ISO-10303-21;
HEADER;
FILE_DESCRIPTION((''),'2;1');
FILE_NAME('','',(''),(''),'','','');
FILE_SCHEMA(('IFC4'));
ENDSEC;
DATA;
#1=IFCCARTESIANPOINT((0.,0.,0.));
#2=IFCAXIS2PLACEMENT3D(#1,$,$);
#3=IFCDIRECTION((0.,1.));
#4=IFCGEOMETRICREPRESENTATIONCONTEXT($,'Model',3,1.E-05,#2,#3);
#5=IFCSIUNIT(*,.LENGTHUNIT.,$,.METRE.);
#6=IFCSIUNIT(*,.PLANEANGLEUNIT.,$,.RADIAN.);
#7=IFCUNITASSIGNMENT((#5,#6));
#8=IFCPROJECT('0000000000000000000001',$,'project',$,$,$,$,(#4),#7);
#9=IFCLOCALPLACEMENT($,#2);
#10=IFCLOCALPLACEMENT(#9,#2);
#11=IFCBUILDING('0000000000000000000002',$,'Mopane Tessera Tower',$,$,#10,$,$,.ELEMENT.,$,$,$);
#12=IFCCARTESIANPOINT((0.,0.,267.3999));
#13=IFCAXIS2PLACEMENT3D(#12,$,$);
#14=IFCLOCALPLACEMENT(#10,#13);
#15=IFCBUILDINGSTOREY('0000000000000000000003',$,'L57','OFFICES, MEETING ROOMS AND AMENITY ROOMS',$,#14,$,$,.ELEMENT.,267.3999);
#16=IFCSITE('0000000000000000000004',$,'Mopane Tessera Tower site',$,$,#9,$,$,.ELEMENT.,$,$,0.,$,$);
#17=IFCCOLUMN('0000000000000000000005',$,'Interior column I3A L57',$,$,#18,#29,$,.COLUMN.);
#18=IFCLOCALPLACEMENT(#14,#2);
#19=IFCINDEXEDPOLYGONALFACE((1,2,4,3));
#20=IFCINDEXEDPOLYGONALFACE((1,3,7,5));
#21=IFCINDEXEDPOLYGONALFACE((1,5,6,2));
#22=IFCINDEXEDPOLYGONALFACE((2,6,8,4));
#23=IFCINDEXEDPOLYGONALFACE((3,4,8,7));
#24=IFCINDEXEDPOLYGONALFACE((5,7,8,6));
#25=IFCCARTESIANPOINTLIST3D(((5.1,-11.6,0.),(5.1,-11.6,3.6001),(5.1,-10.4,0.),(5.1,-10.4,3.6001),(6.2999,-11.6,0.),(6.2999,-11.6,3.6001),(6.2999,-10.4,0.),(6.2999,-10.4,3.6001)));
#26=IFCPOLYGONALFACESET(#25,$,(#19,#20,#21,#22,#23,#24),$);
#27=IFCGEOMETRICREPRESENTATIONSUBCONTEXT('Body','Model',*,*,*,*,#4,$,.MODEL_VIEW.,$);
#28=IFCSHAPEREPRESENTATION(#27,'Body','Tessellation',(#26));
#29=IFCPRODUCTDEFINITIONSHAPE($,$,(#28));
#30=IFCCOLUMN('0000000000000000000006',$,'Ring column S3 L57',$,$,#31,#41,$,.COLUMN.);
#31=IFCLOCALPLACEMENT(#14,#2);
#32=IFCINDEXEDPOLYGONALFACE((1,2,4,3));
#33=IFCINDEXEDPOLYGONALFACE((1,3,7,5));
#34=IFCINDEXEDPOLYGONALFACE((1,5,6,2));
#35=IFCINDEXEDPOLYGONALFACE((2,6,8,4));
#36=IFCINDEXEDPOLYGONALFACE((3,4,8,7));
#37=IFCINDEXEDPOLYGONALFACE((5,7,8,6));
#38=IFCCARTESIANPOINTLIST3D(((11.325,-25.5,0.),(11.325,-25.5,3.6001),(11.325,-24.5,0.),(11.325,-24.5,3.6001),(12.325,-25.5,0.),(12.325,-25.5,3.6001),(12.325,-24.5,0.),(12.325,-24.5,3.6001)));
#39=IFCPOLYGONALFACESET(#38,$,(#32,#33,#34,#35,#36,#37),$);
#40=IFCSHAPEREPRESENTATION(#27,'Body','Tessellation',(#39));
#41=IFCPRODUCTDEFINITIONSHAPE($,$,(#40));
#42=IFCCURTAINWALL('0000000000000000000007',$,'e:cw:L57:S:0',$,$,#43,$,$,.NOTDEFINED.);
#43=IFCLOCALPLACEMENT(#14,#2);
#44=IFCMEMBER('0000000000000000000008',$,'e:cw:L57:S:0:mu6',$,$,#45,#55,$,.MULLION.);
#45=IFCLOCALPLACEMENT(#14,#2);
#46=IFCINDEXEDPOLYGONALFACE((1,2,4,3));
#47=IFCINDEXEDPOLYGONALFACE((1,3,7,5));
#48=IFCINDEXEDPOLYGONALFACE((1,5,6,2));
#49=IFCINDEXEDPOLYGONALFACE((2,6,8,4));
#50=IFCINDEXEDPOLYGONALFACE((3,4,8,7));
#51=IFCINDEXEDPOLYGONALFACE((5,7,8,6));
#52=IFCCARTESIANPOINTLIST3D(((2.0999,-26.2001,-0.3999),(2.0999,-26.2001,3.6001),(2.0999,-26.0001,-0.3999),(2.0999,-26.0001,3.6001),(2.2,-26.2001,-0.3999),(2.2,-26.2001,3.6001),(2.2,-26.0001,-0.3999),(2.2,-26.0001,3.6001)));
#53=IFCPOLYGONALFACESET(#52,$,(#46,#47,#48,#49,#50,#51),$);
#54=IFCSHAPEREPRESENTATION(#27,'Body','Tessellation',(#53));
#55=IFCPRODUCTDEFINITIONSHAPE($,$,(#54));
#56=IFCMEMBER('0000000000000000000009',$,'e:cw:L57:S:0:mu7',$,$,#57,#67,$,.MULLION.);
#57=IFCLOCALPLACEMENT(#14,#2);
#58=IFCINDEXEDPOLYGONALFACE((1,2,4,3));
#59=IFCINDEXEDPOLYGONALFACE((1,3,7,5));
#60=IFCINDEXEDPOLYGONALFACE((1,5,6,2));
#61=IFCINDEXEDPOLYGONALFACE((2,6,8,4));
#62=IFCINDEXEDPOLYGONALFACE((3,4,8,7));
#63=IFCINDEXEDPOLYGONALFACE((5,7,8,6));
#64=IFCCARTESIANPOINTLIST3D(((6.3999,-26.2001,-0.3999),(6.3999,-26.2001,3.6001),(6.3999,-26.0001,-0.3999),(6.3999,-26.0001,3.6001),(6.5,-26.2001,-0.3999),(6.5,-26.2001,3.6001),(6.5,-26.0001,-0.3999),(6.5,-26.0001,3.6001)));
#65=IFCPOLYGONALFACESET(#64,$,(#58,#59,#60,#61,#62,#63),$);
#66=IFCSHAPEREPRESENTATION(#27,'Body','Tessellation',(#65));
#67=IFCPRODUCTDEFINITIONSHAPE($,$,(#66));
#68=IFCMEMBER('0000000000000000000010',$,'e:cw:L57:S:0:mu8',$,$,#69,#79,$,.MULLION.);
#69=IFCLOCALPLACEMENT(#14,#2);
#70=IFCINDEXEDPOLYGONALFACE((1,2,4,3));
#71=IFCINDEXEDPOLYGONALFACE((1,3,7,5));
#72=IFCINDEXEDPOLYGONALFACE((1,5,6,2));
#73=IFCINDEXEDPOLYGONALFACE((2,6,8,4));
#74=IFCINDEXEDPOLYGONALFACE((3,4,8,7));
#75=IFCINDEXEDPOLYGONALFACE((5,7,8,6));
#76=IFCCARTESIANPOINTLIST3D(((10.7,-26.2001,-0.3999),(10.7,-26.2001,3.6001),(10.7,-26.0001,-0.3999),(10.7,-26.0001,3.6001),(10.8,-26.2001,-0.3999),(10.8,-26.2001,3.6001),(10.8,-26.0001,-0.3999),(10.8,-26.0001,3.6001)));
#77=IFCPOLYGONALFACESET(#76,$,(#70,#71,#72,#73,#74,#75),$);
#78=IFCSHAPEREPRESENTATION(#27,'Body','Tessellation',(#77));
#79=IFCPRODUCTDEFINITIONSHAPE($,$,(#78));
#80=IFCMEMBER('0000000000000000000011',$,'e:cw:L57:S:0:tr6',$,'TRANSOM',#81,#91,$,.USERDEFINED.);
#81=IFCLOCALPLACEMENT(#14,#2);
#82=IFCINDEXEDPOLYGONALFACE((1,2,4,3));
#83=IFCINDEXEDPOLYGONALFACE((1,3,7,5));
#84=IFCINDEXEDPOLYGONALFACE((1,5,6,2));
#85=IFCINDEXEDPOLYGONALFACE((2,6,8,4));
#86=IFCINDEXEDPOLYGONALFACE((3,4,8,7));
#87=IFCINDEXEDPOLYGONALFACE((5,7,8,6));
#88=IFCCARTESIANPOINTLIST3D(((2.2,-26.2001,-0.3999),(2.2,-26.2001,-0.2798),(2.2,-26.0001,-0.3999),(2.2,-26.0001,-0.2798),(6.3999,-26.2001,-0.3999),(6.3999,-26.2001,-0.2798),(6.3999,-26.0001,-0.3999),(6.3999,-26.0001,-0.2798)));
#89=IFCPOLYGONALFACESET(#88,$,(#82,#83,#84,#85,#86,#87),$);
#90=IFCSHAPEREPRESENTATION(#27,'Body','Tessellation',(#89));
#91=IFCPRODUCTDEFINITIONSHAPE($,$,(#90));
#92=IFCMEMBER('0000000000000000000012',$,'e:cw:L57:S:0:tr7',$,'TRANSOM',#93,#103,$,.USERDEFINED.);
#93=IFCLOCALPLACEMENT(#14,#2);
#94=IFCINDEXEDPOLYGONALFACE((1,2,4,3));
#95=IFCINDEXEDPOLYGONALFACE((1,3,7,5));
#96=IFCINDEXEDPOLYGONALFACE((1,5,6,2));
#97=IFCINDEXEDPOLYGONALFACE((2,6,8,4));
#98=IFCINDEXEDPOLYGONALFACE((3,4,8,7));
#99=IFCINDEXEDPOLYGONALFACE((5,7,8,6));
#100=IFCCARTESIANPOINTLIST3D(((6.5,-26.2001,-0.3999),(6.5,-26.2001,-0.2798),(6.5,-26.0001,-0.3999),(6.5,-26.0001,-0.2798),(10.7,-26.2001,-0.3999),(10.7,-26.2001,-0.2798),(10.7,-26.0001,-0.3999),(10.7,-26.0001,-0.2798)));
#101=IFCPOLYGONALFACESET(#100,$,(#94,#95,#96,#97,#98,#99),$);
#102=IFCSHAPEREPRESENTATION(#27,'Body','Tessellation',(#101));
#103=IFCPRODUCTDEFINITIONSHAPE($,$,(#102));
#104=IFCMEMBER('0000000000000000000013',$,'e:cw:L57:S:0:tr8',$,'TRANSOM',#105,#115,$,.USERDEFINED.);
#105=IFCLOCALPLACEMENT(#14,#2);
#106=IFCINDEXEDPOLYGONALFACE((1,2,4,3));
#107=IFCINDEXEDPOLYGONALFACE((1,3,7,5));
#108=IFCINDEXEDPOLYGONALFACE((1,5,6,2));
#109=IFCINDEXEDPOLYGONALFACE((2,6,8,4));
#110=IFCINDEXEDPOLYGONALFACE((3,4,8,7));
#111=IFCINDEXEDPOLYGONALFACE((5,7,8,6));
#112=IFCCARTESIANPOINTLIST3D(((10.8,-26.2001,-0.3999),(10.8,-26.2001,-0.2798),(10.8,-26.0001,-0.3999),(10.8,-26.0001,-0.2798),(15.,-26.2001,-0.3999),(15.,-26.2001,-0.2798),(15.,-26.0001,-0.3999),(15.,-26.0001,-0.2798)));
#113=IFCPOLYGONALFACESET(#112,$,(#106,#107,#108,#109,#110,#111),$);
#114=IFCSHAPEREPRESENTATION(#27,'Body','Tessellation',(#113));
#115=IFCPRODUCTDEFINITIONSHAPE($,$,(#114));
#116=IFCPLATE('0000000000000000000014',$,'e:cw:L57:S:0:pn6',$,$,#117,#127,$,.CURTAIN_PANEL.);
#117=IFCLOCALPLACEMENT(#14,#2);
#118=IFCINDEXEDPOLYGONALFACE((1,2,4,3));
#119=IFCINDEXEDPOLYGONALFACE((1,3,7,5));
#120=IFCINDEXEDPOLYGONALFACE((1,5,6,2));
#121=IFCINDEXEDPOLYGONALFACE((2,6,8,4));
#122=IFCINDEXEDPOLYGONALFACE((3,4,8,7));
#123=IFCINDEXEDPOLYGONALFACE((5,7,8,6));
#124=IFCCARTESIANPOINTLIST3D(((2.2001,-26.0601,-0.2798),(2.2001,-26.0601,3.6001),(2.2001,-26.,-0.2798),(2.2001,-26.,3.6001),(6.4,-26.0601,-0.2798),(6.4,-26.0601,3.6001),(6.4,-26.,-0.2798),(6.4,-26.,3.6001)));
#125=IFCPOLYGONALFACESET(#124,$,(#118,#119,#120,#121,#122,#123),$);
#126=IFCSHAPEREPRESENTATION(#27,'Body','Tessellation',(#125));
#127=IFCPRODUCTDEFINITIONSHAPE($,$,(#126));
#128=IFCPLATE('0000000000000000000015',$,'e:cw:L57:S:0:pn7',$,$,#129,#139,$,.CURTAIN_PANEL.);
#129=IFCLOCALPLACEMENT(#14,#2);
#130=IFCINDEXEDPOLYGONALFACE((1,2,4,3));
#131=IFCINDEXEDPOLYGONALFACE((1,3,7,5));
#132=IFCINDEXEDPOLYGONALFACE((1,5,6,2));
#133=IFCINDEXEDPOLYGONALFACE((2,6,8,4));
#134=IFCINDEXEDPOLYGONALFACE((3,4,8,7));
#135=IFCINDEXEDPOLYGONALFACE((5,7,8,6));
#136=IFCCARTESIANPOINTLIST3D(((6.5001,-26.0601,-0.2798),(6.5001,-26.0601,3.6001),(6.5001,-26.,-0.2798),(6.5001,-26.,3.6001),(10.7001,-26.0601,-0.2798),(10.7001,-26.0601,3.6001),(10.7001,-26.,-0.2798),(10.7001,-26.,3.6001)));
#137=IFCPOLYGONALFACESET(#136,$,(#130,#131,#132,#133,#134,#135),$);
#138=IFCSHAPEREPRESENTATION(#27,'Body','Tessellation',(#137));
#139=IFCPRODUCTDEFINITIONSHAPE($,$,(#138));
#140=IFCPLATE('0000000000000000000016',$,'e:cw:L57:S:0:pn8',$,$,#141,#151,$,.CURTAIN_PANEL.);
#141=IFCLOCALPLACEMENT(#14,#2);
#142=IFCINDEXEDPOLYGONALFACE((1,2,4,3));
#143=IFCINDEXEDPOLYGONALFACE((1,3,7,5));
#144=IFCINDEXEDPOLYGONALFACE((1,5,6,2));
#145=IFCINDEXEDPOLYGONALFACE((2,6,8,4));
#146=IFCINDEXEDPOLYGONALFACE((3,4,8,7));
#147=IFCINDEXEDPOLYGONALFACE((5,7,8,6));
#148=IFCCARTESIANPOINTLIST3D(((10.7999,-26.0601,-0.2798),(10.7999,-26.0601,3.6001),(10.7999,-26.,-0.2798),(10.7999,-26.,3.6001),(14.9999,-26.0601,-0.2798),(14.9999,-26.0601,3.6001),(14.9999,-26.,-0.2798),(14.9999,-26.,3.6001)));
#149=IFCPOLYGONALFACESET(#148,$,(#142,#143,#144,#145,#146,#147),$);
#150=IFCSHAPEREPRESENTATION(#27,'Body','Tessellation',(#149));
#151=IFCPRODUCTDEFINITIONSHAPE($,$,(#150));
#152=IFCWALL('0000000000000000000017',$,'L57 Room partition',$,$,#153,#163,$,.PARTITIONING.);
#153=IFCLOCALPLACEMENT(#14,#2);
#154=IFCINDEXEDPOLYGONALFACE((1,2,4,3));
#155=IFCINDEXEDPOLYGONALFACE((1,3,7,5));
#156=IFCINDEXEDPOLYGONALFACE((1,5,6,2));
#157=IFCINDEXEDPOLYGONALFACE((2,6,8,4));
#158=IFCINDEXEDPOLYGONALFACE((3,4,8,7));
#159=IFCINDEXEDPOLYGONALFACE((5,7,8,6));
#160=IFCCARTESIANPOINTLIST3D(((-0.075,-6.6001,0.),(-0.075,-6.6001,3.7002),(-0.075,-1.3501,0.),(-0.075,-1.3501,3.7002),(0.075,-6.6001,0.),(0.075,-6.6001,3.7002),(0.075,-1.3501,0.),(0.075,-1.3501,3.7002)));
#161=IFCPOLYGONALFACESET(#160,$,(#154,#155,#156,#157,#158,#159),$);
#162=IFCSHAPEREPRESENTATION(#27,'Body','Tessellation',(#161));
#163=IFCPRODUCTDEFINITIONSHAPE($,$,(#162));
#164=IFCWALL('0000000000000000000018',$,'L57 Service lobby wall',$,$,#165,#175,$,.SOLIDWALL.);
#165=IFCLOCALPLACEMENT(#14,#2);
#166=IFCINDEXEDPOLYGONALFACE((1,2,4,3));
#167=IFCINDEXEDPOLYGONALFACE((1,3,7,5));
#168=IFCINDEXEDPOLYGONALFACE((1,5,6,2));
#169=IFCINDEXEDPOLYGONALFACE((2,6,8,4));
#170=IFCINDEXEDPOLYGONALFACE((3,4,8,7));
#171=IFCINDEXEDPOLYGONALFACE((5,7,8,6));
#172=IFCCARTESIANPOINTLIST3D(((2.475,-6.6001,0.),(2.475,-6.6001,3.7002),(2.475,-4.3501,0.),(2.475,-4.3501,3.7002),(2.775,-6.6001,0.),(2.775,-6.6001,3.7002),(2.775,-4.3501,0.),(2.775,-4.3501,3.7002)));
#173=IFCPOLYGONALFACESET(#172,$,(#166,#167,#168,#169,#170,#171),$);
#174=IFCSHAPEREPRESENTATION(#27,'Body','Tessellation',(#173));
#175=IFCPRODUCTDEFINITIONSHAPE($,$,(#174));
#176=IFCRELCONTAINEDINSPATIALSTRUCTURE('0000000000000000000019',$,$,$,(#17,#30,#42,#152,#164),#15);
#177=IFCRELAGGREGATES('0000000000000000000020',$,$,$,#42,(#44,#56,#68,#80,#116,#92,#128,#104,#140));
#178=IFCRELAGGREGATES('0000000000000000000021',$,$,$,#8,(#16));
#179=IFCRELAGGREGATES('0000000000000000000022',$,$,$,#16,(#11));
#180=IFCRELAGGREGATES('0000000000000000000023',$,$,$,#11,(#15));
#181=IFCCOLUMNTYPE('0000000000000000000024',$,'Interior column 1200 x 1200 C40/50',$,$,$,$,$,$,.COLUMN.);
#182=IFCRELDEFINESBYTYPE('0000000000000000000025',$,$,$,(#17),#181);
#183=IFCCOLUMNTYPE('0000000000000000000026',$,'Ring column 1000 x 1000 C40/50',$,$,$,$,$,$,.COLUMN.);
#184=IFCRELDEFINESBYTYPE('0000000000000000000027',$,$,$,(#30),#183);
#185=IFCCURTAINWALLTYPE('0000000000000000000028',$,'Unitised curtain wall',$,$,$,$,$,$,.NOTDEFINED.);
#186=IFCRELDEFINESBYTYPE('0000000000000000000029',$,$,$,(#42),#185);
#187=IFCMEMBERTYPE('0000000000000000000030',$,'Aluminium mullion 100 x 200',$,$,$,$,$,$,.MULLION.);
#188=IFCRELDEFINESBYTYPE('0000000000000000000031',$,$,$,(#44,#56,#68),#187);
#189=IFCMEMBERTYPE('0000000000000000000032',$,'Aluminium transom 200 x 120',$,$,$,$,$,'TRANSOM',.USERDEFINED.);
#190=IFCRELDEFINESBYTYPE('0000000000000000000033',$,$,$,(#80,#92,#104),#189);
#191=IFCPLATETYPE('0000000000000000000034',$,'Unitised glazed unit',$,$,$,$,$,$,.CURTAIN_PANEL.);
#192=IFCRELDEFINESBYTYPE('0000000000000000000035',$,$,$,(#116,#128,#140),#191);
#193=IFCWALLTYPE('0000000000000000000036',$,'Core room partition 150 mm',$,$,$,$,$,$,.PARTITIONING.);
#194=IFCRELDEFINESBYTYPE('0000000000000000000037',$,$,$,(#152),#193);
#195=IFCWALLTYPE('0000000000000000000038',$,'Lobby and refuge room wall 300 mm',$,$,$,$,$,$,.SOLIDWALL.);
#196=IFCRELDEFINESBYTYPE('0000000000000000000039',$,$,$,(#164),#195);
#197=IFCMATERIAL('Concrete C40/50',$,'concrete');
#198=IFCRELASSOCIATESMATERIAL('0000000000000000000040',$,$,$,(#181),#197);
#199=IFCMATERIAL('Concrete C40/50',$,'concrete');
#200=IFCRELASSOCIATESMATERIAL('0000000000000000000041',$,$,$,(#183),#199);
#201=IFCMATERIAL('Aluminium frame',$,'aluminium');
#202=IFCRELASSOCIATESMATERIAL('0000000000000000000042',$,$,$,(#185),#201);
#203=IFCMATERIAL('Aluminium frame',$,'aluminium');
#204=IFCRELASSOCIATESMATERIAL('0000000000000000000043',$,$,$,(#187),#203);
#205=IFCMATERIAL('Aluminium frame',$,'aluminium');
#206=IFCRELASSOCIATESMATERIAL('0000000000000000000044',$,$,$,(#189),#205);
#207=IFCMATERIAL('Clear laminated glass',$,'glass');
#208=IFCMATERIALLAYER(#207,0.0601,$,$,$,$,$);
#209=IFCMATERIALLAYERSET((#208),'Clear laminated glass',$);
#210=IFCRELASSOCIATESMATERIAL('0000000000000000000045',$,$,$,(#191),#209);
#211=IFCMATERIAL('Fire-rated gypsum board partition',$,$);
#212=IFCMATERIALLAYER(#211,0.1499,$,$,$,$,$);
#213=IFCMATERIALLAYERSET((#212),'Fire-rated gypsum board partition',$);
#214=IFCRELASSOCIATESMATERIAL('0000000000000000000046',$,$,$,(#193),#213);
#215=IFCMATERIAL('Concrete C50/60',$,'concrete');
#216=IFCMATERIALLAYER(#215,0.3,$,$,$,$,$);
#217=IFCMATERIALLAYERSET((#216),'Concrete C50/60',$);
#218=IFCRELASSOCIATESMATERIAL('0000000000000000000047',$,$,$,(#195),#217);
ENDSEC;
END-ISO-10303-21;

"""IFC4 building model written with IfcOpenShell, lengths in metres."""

from ifc_helpers import new_model, si_unit, direction, frame, frame_2d, origin, origin_2d, place, context, subcontext, project, spatial, rectangle, extrude, material, layer, layer_set, material_profile, profile_set, type_object, element, aggregate, save


model = new_model("IFC4")

# Units and contexts
model_context = context("Model", 3, precision=1e-05, world=origin(), true_north=direction((0.0, 1.0)))
body_context = subcontext(model_context, "Body", "Model", "MODEL_VIEW")
ifc_project = project(units=[si_unit("LENGTHUNIT", "METRE"), si_unit("PLANEANGLEUNIT", "RADIAN")], contexts=[model_context])

# Site, building, storey
site_placement = place(None, origin())
site = spatial("IfcSite", under=ifc_project, at=site_placement, Name="Mopane Tessera Tower site", CompositionType="ELEMENT", RefElevation=0.0)
building_placement = place(site_placement, origin())
building = spatial("IfcBuilding", under=site, at=building_placement, Name="Mopane Tessera Tower", CompositionType="ELEMENT")
storey_placement = place(building_placement, frame((0.0, 0.0, 267.3999)))
storey = spatial("IfcBuildingStorey", under=building, at=storey_placement, Name="L57", Description="OFFICES, MEETING ROOMS AND AMENITY ROOMS", CompositionType="ELEMENT", Elevation=267.3999)

# Columns
ifc_material_1 = material(Name="Concrete C40/50", Category="concrete")
ifc_material_profile_1 = material_profile(ifc_material_1, rectangle(XDim=1.2, YDim=1.2, at=origin_2d()))
ifc_profile_set_1 = profile_set([ifc_material_profile_1], Name="Concrete C40/50")
column_type_1 = type_object("IfcColumnType", Name="Interior column 1200 x 1200 C40/50", PredefinedType="COLUMN", material=ifc_profile_set_1)
column_1_placement = place(storey_placement, frame((5.7, -11.0, 0.0), z_axis=(0.0, 0.0, 1.0), x_axis=(1.0, 0.0, 0.0)))
element("IfcColumn", 1, at=column_1_placement, inside=storey, type_object=column_type_1, Name="Interior column I3A L57", PredefinedType="COLUMN", context=body_context, shape_type="SweptSolid", body=[
    extrude(rectangle(XDim=1.2, YDim=1.2, at=origin_2d()), origin(), (0.0, 0.0, 1.0), 3.6001),
])
ifc_material_2 = material(Name="Concrete C40/50", Category="concrete")
ifc_material_profile_2 = material_profile(ifc_material_2, rectangle(XDim=1.0, YDim=1.0, at=origin_2d()))
ifc_profile_set_2 = profile_set([ifc_material_profile_2], Name="Concrete C40/50")
column_type_2 = type_object("IfcColumnType", Name="Ring column 1000 x 1000 C40/50", PredefinedType="COLUMN", material=ifc_profile_set_2)
column_2_placement = place(storey_placement, frame((11.825, -25.0, 0.0), z_axis=(0.0, 0.0, 1.0), x_axis=(1.0, 0.0, 0.0)))
element("IfcColumn", 2, at=column_2_placement, inside=storey, type_object=column_type_2, Name="Ring column S3 L57", PredefinedType="COLUMN", context=body_context, shape_type="SweptSolid", body=[
    extrude(rectangle(XDim=1.0, YDim=1.0, at=origin_2d()), origin(), (0.0, 0.0, 1.0), 3.6001),
])

# Curtain wall, members, plates
ifc_material_3 = material(Name="Aluminium frame", Category="aluminium")
curtain_wall_type = type_object("IfcCurtainWallType", Name="Unitised curtain wall", PredefinedType="NOTDEFINED", material=ifc_material_3)
curtain_wall_placement = place(storey_placement, origin())
curtain_wall = element("IfcCurtainWall", 3, at=curtain_wall_placement, inside=storey, type_object=curtain_wall_type, Name="e:cw:L57:S:0", PredefinedType="NOTDEFINED")
ifc_material_4 = material(Name="Aluminium frame", Category="aluminium")
ifc_material_profile_3 = material_profile(ifc_material_4, rectangle(XDim=0.1001, YDim=0.2, at=origin_2d()))
ifc_profile_set_3 = profile_set([ifc_material_profile_3], Name="Aluminium frame")
member_type_1 = type_object("IfcMemberType", Name="Aluminium mullion 100 x 200", PredefinedType="MULLION", material=ifc_profile_set_3)
member_1_placement = place(storey_placement, frame((2.1499, -26.1001, -0.3999), z_axis=(0.0, 0.0, 1.0), x_axis=(1.0, 0.0, 0.0)))
member_1 = element("IfcMember", 4, at=member_1_placement, type_object=member_type_1, Name="e:cw:L57:S:0:mu6", PredefinedType="MULLION", context=body_context, shape_type="SweptSolid", body=[
    extrude(rectangle(XDim=0.1001, YDim=0.2, at=origin_2d()), origin(), (0.0, 0.0, 1.0), 4.0),
])
member_2_placement = place(storey_placement, frame((6.45, -26.1001, -0.3999), z_axis=(0.0, 0.0, 1.0), x_axis=(1.0, 0.0, 0.0)))
member_2 = element("IfcMember", 5, at=member_2_placement, type_object=member_type_1, Name="e:cw:L57:S:0:mu7", PredefinedType="MULLION", context=body_context, shape_type="SweptSolid", body=[
    extrude(rectangle(XDim=0.1001, YDim=0.2, at=origin_2d()), origin(), (0.0, 0.0, 1.0), 4.0),
])
member_3_placement = place(storey_placement, frame((10.75, -26.1001, -0.3999), z_axis=(0.0, 0.0, 1.0), x_axis=(1.0, 0.0, 0.0)))
member_3 = element("IfcMember", 6, at=member_3_placement, type_object=member_type_1, Name="e:cw:L57:S:0:mu8", PredefinedType="MULLION", context=body_context, shape_type="SweptSolid", body=[
    extrude(rectangle(XDim=0.1001, YDim=0.2, at=origin_2d()), origin(), (0.0, 0.0, 1.0), 4.0),
])
ifc_material_5 = material(Name="Aluminium frame", Category="aluminium")
ifc_material_profile_4 = material_profile(ifc_material_5, rectangle(XDim=0.2, YDim=0.1201, at=origin_2d()))
ifc_profile_set_4 = profile_set([ifc_material_profile_4], Name="Aluminium frame")
member_type_2 = type_object("IfcMemberType", Name="Aluminium transom 200 x 120", ElementType="TRANSOM", PredefinedType="USERDEFINED", material=ifc_profile_set_4)
member_4_placement = place(storey_placement, frame((2.2, -26.1001, -0.3398), z_axis=(1.0, 0.0, 0.0), x_axis=(0.0, 1.0, 0.0)))
member_4 = element("IfcMember", 7, at=member_4_placement, type_object=member_type_2, Name="e:cw:L57:S:0:tr6", ObjectType="TRANSOM", PredefinedType="USERDEFINED", context=body_context, shape_type="SweptSolid", body=[
    extrude(rectangle(XDim=0.2, YDim=0.1201, at=origin_2d()), origin(), (0.0, 0.0, 1.0), 4.2),
])
member_5_placement = place(storey_placement, frame((6.5, -26.1001, -0.3398), z_axis=(1.0, 0.0, 0.0), x_axis=(0.0, 1.0, 0.0)))
member_5 = element("IfcMember", 8, at=member_5_placement, type_object=member_type_2, Name="e:cw:L57:S:0:tr7", ObjectType="TRANSOM", PredefinedType="USERDEFINED", context=body_context, shape_type="SweptSolid", body=[
    extrude(rectangle(XDim=0.2, YDim=0.1201, at=origin_2d()), origin(), (0.0, 0.0, 1.0), 4.2),
])
member_6_placement = place(storey_placement, frame((10.8, -26.1001, -0.3398), z_axis=(1.0, 0.0, 0.0), x_axis=(0.0, 1.0, 0.0)))
member_6 = element("IfcMember", 9, at=member_6_placement, type_object=member_type_2, Name="e:cw:L57:S:0:tr8", ObjectType="TRANSOM", PredefinedType="USERDEFINED", context=body_context, shape_type="SweptSolid", body=[
    extrude(rectangle(XDim=0.2, YDim=0.1201, at=origin_2d()), origin(), (0.0, 0.0, 1.0), 4.2),
])
ifc_material_6 = material(Name="Clear laminated glass", Category="glass")
ifc_layer_1 = layer(ifc_material_6, 0.0601)
ifc_layer_set_1 = layer_set([ifc_layer_1], Name="Clear laminated glass")
plate_type = type_object("IfcPlateType", Name="Unitised glazed unit", PredefinedType="CURTAIN_PANEL", material=ifc_layer_set_1)
plate_1_placement = place(storey_placement, frame((4.3, -26.03, -0.2798), z_axis=(0.0, 0.0, 1.0), x_axis=(1.0, 0.0, 0.0)))
plate_1 = element("IfcPlate", 10, at=plate_1_placement, type_object=plate_type, Name="e:cw:L57:S:0:pn6", PredefinedType="CURTAIN_PANEL", context=body_context, shape_type="SweptSolid", body=[
    extrude(rectangle(XDim=4.2, YDim=0.0601, at=origin_2d()), origin(), (0.0, 0.0, 1.0), 3.8799),
])
plate_2_placement = place(storey_placement, frame((8.6001, -26.03, -0.2798), z_axis=(0.0, 0.0, 1.0), x_axis=(1.0, 0.0, 0.0)))
plate_2 = element("IfcPlate", 11, at=plate_2_placement, type_object=plate_type, Name="e:cw:L57:S:0:pn7", PredefinedType="CURTAIN_PANEL", context=body_context, shape_type="SweptSolid", body=[
    extrude(rectangle(XDim=4.2, YDim=0.0601, at=origin_2d()), origin(), (0.0, 0.0, 1.0), 3.8799),
])
plate_3_placement = place(storey_placement, frame((12.8999, -26.03, -0.2798), z_axis=(0.0, 0.0, 1.0), x_axis=(1.0, 0.0, 0.0)))
plate_3 = element("IfcPlate", 12, at=plate_3_placement, type_object=plate_type, Name="e:cw:L57:S:0:pn8", PredefinedType="CURTAIN_PANEL", context=body_context, shape_type="SweptSolid", body=[
    extrude(rectangle(XDim=4.2, YDim=0.0601, at=origin_2d()), origin(), (0.0, 0.0, 1.0), 3.8799),
])
aggregate(curtain_wall, [member_1, member_2, member_3, member_4, plate_1, member_5, plate_2, member_6, plate_3])

# Walls
ifc_material_7 = material(Name="Fire-rated gypsum board partition")
ifc_layer_2 = layer(ifc_material_7, 0.1499)
ifc_layer_set_2 = layer_set([ifc_layer_2], Name="Fire-rated gypsum board partition")
wall_type_1 = type_object("IfcWallType", Name="Core room partition 150 mm", PredefinedType="PARTITIONING", material=ifc_layer_set_2)
wall_1_placement = place(storey_placement, frame((0.0, -6.6001, 0.0), z_axis=(0.0, 0.0, 1.0), x_axis=(0.0, 1.0, 0.0)))
element("IfcWall", 13, at=wall_1_placement, inside=storey, type_object=wall_type_1, Name="L57 Room partition", PredefinedType="PARTITIONING", context=body_context, shape_type="SweptSolid", body=[
    extrude(rectangle(XDim=5.25, YDim=0.1499, at=frame_2d((2.625, 0.0))), origin(), (0.0, 0.0, 1.0), 3.7002),
])
ifc_material_8 = material(Name="Concrete C50/60", Category="concrete")
ifc_layer_3 = layer(ifc_material_8, 0.3)
ifc_layer_set_3 = layer_set([ifc_layer_3], Name="Concrete C50/60")
wall_type_2 = type_object("IfcWallType", Name="Lobby and refuge room wall 300 mm", PredefinedType="SOLIDWALL", material=ifc_layer_set_3)
wall_2_placement = place(storey_placement, frame((2.625, -6.6001, 0.0), z_axis=(0.0, 0.0, 1.0), x_axis=(0.0, 1.0, 0.0)))
element("IfcWall", 14, at=wall_2_placement, inside=storey, type_object=wall_type_2, Name="L57 Service lobby wall", PredefinedType="SOLIDWALL", context=body_context, shape_type="SweptSolid", body=[
    extrude(rectangle(XDim=2.25, YDim=0.3, at=frame_2d((1.125, 0.0))), origin(), (0.0, 0.0, 1.0), 3.7002),
])

save(model, "model.ifc")
